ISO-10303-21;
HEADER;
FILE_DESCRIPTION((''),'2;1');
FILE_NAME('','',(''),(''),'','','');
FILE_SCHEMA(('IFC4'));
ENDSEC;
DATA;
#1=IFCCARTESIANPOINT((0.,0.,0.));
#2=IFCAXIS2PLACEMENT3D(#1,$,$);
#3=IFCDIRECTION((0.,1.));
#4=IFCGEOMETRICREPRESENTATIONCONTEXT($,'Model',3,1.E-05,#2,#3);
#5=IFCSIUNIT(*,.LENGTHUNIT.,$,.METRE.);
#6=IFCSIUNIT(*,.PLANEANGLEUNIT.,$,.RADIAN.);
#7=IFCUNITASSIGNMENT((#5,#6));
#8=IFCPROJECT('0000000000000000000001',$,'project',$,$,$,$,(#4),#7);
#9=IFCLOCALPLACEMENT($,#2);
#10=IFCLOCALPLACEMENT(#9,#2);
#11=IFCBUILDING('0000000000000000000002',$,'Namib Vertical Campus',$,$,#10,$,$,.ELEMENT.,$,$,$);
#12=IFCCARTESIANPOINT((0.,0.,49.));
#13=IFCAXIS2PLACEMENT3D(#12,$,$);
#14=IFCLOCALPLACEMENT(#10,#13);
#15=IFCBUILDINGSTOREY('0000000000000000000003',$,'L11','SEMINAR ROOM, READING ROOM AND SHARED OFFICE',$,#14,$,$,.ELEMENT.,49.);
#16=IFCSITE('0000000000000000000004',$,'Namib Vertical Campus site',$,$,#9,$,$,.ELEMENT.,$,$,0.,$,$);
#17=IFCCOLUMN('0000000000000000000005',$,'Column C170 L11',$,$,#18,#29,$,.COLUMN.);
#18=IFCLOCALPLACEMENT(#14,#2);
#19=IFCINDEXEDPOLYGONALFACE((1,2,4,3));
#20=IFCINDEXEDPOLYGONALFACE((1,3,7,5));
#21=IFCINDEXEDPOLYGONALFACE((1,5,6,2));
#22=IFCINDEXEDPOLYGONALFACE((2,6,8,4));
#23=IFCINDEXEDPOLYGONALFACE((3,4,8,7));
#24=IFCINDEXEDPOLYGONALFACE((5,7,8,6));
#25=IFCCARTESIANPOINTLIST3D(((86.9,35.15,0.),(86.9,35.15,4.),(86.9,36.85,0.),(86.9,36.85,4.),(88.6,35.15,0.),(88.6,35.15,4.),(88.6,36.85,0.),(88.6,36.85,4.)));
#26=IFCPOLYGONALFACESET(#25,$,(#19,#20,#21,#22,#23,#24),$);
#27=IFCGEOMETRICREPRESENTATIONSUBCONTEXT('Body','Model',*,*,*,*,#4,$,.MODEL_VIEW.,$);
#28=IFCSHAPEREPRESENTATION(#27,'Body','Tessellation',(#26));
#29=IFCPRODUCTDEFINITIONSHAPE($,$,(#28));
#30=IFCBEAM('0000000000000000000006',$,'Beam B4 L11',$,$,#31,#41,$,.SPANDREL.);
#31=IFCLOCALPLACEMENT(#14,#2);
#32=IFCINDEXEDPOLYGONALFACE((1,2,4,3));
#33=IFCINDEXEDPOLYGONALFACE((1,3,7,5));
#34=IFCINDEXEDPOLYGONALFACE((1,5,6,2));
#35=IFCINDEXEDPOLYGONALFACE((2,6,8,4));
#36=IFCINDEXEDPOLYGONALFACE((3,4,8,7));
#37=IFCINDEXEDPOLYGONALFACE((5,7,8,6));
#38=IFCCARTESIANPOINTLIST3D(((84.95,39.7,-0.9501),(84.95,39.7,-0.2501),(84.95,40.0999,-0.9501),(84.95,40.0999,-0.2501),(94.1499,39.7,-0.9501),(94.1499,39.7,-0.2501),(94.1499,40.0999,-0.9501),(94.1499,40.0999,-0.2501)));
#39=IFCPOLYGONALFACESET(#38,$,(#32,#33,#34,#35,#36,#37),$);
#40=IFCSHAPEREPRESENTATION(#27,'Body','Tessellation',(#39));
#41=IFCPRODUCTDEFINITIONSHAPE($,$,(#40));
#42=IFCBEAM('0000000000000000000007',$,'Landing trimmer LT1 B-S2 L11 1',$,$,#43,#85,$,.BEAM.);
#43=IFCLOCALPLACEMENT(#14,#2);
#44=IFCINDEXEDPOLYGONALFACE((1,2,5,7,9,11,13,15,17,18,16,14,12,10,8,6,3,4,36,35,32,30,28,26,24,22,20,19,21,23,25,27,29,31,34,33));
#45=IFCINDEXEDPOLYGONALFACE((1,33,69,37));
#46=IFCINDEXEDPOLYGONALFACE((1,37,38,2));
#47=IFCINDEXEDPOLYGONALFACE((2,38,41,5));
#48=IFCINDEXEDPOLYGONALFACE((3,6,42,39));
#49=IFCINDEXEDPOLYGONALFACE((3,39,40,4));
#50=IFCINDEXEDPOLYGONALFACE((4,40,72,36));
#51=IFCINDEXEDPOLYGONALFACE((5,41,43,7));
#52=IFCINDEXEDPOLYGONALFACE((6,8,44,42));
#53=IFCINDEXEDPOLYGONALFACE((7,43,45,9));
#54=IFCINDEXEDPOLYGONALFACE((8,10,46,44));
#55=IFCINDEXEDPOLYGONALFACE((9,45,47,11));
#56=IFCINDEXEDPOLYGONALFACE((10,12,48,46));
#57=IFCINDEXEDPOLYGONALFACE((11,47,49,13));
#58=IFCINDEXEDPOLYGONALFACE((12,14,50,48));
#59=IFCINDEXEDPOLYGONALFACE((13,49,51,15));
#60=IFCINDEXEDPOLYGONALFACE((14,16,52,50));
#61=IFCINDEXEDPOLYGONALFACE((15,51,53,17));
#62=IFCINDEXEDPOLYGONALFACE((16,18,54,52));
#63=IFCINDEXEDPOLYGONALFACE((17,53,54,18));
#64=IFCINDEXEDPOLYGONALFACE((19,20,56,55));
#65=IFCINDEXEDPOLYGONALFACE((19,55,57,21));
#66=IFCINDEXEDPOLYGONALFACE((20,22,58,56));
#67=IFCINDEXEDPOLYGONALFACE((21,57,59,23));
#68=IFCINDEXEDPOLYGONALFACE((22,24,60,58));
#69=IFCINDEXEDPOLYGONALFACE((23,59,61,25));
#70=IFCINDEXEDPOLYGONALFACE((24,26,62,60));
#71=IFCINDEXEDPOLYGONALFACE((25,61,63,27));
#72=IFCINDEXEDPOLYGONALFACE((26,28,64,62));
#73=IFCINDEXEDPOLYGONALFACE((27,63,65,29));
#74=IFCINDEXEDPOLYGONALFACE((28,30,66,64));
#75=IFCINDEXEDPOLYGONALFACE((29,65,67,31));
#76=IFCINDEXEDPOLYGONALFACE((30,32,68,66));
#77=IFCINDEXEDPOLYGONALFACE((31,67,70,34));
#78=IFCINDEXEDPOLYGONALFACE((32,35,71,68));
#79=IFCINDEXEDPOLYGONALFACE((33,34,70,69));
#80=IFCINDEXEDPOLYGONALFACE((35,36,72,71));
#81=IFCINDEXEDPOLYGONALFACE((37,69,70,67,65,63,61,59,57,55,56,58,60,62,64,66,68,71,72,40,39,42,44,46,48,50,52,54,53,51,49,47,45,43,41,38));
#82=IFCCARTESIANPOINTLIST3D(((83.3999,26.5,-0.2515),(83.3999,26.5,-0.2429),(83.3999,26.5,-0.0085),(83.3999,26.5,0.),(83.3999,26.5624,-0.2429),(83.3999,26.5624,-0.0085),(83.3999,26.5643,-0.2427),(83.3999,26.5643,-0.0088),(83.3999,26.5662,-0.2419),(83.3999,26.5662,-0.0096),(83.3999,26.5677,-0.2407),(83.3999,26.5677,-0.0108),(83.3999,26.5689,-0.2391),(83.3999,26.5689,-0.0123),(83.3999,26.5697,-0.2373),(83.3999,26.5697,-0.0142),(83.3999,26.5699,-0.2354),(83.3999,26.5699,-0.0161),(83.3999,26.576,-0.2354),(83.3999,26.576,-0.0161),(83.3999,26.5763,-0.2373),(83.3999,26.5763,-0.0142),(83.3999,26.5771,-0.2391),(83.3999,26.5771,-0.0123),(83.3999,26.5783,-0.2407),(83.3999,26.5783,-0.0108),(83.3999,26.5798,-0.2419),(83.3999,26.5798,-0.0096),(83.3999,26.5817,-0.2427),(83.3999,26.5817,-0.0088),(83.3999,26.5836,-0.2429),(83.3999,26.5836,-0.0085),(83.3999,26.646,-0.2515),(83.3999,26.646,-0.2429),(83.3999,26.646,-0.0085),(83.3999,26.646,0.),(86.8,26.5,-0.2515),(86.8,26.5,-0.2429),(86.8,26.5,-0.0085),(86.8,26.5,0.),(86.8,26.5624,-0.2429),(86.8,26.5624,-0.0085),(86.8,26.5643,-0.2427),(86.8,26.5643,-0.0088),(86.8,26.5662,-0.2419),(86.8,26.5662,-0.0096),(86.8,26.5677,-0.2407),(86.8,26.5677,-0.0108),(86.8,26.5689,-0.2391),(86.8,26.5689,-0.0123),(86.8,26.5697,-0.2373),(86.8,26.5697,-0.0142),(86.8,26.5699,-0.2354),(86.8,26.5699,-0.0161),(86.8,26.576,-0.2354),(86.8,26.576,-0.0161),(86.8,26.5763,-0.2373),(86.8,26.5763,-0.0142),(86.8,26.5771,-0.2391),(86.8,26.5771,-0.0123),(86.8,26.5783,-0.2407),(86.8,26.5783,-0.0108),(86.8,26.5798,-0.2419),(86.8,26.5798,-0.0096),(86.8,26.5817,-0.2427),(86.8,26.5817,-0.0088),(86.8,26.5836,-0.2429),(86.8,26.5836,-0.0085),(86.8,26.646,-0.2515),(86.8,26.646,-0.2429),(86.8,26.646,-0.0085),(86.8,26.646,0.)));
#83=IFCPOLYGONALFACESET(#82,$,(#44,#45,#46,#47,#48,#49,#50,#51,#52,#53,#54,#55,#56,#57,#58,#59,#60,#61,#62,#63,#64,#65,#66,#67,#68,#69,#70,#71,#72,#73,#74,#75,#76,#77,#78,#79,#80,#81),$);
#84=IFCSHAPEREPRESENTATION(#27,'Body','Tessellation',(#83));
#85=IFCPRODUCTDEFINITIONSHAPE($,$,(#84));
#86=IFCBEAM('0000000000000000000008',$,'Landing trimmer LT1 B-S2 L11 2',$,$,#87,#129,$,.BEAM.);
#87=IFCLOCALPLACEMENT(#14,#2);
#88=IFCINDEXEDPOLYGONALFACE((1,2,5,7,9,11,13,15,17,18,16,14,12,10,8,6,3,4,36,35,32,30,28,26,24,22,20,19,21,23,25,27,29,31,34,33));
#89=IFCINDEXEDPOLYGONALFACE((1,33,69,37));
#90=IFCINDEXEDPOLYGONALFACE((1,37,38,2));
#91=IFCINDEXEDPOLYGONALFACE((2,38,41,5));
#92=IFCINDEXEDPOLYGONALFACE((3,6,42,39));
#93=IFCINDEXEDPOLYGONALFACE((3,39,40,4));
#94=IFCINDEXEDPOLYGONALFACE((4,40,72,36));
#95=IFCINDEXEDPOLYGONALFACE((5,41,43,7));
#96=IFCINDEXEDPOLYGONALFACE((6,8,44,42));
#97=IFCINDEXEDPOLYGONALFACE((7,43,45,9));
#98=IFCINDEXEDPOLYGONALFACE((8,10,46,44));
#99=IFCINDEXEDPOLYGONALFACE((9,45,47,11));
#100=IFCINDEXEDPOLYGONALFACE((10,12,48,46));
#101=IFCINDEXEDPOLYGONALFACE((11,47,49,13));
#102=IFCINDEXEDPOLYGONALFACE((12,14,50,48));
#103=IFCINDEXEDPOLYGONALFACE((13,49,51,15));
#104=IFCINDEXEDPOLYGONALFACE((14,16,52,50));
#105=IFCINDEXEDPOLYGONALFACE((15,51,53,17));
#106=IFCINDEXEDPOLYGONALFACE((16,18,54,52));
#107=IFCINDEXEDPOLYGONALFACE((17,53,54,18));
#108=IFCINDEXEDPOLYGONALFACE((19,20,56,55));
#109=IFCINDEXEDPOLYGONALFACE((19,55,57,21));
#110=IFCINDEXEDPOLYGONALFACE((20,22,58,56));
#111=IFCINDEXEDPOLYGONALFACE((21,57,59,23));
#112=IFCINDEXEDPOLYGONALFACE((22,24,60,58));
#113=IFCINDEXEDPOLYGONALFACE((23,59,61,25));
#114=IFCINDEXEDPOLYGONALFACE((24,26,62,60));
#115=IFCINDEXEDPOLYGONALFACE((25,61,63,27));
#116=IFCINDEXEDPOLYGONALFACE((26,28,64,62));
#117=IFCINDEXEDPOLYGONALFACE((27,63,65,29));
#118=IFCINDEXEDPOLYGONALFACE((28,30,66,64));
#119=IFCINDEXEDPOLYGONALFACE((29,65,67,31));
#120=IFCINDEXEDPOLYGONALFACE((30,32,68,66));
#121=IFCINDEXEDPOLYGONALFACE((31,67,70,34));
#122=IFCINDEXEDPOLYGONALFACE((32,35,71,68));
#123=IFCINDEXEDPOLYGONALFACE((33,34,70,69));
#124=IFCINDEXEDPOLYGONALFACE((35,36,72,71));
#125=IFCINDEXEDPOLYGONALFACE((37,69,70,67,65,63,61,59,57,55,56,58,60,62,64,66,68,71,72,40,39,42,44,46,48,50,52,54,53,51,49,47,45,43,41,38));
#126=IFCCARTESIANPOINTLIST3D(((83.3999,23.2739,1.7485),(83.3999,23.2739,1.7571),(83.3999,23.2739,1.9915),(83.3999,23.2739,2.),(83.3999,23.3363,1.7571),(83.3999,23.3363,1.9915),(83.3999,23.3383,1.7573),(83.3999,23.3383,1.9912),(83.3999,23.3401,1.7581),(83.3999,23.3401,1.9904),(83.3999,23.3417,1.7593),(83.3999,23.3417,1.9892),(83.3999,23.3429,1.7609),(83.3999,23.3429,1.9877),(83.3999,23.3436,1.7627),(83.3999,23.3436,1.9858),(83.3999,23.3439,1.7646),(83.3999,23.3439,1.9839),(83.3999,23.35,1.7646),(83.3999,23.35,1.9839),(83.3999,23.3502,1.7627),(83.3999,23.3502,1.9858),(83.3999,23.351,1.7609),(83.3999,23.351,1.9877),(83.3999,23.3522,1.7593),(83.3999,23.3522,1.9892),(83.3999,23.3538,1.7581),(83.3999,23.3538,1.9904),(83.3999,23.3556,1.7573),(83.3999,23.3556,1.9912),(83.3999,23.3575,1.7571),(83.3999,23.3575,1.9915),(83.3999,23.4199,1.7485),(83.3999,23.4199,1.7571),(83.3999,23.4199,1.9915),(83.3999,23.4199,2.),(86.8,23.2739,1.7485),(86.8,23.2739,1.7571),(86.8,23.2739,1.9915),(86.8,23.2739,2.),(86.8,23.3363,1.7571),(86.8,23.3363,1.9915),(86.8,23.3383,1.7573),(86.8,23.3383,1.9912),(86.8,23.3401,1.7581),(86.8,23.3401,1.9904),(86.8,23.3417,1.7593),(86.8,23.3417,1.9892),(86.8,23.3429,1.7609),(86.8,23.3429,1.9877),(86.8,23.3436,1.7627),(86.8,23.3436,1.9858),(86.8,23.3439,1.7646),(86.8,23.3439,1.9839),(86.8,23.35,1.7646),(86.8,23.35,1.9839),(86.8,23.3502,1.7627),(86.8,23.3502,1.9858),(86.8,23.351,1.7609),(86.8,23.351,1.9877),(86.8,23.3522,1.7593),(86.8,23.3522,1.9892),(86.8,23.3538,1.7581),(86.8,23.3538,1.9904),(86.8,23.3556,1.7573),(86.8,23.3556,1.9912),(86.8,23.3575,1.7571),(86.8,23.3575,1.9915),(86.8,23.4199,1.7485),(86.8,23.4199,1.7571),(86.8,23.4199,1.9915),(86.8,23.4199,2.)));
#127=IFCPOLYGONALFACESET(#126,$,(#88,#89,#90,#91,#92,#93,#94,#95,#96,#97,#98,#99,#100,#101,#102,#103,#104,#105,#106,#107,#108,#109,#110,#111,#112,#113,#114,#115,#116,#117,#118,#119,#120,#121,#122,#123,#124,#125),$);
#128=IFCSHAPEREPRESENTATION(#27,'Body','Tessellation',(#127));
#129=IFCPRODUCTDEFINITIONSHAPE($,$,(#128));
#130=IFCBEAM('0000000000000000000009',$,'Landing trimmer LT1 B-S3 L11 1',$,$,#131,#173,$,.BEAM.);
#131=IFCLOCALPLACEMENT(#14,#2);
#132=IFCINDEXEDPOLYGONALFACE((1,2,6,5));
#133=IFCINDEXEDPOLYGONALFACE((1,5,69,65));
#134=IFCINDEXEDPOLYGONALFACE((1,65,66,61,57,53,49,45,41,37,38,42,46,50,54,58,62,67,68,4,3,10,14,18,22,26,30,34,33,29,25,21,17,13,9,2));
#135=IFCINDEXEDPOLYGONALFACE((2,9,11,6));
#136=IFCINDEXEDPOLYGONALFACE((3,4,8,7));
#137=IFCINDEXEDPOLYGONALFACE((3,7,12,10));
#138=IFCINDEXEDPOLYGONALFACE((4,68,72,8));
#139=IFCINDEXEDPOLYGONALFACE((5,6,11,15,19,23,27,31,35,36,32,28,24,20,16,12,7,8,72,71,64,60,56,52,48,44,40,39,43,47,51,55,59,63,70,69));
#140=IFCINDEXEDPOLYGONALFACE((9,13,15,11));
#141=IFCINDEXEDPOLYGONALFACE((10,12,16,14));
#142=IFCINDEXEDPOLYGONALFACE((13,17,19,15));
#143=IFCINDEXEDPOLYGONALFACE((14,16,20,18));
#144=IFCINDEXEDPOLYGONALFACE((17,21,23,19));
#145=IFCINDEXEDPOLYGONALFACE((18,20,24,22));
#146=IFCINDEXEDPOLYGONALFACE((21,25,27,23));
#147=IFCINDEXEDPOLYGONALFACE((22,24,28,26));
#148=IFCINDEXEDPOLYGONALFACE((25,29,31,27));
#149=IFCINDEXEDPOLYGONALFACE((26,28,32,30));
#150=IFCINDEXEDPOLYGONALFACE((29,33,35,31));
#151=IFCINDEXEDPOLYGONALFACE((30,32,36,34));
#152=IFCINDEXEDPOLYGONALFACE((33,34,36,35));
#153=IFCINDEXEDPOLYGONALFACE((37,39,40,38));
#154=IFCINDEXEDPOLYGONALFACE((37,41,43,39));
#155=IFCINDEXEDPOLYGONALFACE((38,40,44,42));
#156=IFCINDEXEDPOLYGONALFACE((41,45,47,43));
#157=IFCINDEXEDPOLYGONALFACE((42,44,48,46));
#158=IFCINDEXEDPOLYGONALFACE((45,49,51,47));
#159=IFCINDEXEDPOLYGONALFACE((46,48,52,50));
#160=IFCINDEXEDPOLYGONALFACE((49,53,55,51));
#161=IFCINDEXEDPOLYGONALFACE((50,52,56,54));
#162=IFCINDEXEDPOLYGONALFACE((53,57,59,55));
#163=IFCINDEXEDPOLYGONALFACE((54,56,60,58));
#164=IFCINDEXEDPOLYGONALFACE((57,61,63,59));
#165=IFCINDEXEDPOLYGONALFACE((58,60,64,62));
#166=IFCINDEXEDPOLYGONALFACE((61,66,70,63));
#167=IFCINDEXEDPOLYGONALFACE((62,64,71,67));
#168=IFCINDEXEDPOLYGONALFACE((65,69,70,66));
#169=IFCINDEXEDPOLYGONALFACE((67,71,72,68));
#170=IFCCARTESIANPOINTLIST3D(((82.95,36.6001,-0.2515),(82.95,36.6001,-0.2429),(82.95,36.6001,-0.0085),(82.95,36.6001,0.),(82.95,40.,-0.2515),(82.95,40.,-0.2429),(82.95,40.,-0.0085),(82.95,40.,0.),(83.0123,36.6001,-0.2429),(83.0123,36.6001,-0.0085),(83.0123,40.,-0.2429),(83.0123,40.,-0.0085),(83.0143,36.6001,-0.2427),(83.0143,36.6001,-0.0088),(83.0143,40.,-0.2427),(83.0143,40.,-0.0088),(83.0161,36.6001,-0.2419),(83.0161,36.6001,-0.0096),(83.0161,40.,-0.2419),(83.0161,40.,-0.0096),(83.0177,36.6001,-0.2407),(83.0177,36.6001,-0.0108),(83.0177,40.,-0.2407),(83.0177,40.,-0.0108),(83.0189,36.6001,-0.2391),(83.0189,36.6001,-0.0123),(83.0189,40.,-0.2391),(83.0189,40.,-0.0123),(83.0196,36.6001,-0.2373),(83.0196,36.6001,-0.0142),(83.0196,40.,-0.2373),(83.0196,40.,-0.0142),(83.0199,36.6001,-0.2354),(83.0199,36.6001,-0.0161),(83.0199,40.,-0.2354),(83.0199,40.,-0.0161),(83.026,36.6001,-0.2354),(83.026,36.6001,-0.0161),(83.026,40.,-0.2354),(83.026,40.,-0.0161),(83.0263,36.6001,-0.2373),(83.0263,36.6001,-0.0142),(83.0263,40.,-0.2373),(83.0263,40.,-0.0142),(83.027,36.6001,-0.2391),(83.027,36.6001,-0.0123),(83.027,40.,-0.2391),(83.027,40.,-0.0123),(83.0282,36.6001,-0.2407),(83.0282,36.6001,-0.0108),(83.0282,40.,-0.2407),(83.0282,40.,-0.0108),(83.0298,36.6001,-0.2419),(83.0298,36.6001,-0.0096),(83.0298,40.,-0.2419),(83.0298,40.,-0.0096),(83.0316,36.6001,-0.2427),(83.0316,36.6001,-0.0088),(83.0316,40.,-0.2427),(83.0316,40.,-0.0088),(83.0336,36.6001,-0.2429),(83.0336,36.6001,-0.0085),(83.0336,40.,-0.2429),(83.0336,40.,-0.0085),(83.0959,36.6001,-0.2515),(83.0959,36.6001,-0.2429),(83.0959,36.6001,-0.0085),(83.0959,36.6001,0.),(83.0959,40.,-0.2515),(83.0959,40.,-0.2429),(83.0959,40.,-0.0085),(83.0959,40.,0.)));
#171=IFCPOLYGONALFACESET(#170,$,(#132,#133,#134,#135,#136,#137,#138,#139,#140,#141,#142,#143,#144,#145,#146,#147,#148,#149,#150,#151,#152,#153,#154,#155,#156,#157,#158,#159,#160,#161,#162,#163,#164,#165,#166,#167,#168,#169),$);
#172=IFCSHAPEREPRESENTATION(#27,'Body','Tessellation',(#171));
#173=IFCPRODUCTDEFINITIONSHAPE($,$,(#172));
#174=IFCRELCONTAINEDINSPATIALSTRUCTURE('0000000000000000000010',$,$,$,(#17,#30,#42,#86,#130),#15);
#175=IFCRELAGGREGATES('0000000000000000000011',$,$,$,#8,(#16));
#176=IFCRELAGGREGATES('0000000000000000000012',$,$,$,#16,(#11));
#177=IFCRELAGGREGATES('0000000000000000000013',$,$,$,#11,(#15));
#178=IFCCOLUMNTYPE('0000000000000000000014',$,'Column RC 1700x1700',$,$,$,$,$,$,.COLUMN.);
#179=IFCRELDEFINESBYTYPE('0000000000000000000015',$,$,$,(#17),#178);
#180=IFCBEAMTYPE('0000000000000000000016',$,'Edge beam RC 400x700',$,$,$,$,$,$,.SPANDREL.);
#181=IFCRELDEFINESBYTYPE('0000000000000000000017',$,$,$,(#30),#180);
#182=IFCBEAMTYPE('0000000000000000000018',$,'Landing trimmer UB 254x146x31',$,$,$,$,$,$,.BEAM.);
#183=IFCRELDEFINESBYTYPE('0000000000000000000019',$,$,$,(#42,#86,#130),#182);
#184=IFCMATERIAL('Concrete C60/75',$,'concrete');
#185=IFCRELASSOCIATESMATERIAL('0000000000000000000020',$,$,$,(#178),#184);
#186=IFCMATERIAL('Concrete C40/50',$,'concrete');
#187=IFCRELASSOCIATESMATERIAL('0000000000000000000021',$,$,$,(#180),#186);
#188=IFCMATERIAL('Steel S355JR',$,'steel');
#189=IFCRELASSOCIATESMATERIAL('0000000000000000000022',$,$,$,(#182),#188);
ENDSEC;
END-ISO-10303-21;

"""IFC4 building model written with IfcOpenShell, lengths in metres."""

from ifc_helpers import new_model, si_unit, direction, frame, origin, origin_2d, place, context, subcontext, project, spatial, rectangle, i_section, extrude, material, material_profile, profile_set, type_object, element, save


model = new_model("IFC4")

# Units and contexts
model_context = context("Model", 3, precision=1e-05, world=origin(), true_north=direction((0.0, 1.0)))
body_context = subcontext(model_context, "Body", "Model", "MODEL_VIEW")
ifc_project = project(units=[si_unit("LENGTHUNIT", "METRE"), si_unit("PLANEANGLEUNIT", "RADIAN")], contexts=[model_context])

# Site, building, storey
site_placement = place(None, origin())
site = spatial("IfcSite", under=ifc_project, at=site_placement, Name="Namib Vertical Campus site", CompositionType="ELEMENT", RefElevation=0.0)
building_placement = place(site_placement, origin())
building = spatial("IfcBuilding", under=site, at=building_placement, Name="Namib Vertical Campus", CompositionType="ELEMENT")
storey_placement = place(building_placement, frame((0.0, 0.0, 49.0)))
storey = spatial("IfcBuildingStorey", under=building, at=storey_placement, Name="L11", Description="SEMINAR ROOM, READING ROOM AND SHARED OFFICE", CompositionType="ELEMENT", Elevation=49.0)

# Column
ifc_material_1 = material(Name="Concrete C60/75", Category="concrete")
ifc_material_profile_1 = material_profile(ifc_material_1, rectangle(XDim=1.7, YDim=1.7, at=origin_2d()))
ifc_profile_set_1 = profile_set([ifc_material_profile_1], Name="Concrete C60/75")
column_type = type_object("IfcColumnType", Name="Column RC 1700x1700", PredefinedType="COLUMN", material=ifc_profile_set_1)
column_placement = place(storey_placement, frame((87.75, 36.0, 0.0), z_axis=(0.0, 0.0, 1.0), x_axis=(1.0, 0.0, 0.0)))
element("IfcColumn", 1, at=column_placement, inside=storey, type_object=column_type, Name="Column C170 L11", PredefinedType="COLUMN", context=body_context, shape_type="SweptSolid", body=[
    extrude(rectangle(XDim=1.7, YDim=1.7, at=origin_2d()), origin(), (0.0, 0.0, 1.0), 4.0),
])

# Beams
ifc_material_2 = material(Name="Concrete C40/50", Category="concrete")
ifc_material_profile_2 = material_profile(ifc_material_2, rectangle(XDim=0.3999, YDim=0.7, at=origin_2d()))
ifc_profile_set_2 = profile_set([ifc_material_profile_2], Name="Concrete C40/50")
beam_type_1 = type_object("IfcBeamType", Name="Edge beam RC 400x700", PredefinedType="SPANDREL", material=ifc_profile_set_2)
beam_1_placement = place(storey_placement, frame((84.95, 39.8999, -0.6001), z_axis=(1.0, 0.0, 0.0), x_axis=(0.0, 1.0, 0.0)))
element("IfcBeam", 2, at=beam_1_placement, inside=storey, type_object=beam_type_1, Name="Beam B4 L11", PredefinedType="SPANDREL", context=body_context, shape_type="SweptSolid", body=[
    extrude(rectangle(XDim=0.3999, YDim=0.7, at=origin_2d()), origin(), (0.0, 0.0, 1.0), 9.2),
])
ifc_material_3 = material(Name="Steel S355JR", Category="steel")
ifc_material_profile_3 = material_profile(ifc_material_3, i_section(OverallWidth=0.146, OverallDepth=0.2515, WebThickness=0.0061, FlangeThickness=0.0085, FilletRadius=0.0076, at=origin_2d()))
ifc_profile_set_3 = profile_set([ifc_material_profile_3], Name="Steel S355JR")
beam_type_2 = type_object("IfcBeamType", Name="Landing trimmer UB 254x146x31", PredefinedType="BEAM", material=ifc_profile_set_3)
for number, where, z_axis, x_axis, name in (
    (3, (83.3999, 26.573, -0.1257), (1.0, 0.0, 0.0), (0.0, 1.0, 0.0), "Landing trimmer LT1 B-S2 L11 1"),
    (4, (83.3999, 23.3469, 1.8743), (1.0, 0.0, 0.0), (0.0, 1.0, 0.0), "Landing trimmer LT1 B-S2 L11 2"),
):
    element("IfcBeam", number, at=place(storey_placement, frame(where, z_axis=z_axis, x_axis=x_axis)), inside=storey, type_object=beam_type_2, Name=name, PredefinedType="BEAM", context=body_context, shape_type="SweptSolid", body=[
        extrude(i_section(OverallWidth=0.146, OverallDepth=0.2515, WebThickness=0.0061, FlangeThickness=0.0085, FilletRadius=0.0076, at=origin_2d()), origin(), (0.0, 0.0, 1.0), 3.4001),
    ])
beam_2_placement = place(storey_placement, frame((83.0229, 36.6001, -0.1257), z_axis=(0.0, 1.0, 0.0), x_axis=(-1.0, 0.0, 0.0)))
element("IfcBeam", 5, at=beam_2_placement, inside=storey, type_object=beam_type_2, Name="Landing trimmer LT1 B-S3 L11 1", PredefinedType="BEAM", context=body_context, shape_type="SweptSolid", body=[
    extrude(i_section(OverallWidth=0.146, OverallDepth=0.2515, WebThickness=0.0061, FlangeThickness=0.0085, FilletRadius=0.0076, at=origin_2d()), origin(), (0.0, 0.0, 1.0), 3.3999),
])

save(model, "model.ifc")
